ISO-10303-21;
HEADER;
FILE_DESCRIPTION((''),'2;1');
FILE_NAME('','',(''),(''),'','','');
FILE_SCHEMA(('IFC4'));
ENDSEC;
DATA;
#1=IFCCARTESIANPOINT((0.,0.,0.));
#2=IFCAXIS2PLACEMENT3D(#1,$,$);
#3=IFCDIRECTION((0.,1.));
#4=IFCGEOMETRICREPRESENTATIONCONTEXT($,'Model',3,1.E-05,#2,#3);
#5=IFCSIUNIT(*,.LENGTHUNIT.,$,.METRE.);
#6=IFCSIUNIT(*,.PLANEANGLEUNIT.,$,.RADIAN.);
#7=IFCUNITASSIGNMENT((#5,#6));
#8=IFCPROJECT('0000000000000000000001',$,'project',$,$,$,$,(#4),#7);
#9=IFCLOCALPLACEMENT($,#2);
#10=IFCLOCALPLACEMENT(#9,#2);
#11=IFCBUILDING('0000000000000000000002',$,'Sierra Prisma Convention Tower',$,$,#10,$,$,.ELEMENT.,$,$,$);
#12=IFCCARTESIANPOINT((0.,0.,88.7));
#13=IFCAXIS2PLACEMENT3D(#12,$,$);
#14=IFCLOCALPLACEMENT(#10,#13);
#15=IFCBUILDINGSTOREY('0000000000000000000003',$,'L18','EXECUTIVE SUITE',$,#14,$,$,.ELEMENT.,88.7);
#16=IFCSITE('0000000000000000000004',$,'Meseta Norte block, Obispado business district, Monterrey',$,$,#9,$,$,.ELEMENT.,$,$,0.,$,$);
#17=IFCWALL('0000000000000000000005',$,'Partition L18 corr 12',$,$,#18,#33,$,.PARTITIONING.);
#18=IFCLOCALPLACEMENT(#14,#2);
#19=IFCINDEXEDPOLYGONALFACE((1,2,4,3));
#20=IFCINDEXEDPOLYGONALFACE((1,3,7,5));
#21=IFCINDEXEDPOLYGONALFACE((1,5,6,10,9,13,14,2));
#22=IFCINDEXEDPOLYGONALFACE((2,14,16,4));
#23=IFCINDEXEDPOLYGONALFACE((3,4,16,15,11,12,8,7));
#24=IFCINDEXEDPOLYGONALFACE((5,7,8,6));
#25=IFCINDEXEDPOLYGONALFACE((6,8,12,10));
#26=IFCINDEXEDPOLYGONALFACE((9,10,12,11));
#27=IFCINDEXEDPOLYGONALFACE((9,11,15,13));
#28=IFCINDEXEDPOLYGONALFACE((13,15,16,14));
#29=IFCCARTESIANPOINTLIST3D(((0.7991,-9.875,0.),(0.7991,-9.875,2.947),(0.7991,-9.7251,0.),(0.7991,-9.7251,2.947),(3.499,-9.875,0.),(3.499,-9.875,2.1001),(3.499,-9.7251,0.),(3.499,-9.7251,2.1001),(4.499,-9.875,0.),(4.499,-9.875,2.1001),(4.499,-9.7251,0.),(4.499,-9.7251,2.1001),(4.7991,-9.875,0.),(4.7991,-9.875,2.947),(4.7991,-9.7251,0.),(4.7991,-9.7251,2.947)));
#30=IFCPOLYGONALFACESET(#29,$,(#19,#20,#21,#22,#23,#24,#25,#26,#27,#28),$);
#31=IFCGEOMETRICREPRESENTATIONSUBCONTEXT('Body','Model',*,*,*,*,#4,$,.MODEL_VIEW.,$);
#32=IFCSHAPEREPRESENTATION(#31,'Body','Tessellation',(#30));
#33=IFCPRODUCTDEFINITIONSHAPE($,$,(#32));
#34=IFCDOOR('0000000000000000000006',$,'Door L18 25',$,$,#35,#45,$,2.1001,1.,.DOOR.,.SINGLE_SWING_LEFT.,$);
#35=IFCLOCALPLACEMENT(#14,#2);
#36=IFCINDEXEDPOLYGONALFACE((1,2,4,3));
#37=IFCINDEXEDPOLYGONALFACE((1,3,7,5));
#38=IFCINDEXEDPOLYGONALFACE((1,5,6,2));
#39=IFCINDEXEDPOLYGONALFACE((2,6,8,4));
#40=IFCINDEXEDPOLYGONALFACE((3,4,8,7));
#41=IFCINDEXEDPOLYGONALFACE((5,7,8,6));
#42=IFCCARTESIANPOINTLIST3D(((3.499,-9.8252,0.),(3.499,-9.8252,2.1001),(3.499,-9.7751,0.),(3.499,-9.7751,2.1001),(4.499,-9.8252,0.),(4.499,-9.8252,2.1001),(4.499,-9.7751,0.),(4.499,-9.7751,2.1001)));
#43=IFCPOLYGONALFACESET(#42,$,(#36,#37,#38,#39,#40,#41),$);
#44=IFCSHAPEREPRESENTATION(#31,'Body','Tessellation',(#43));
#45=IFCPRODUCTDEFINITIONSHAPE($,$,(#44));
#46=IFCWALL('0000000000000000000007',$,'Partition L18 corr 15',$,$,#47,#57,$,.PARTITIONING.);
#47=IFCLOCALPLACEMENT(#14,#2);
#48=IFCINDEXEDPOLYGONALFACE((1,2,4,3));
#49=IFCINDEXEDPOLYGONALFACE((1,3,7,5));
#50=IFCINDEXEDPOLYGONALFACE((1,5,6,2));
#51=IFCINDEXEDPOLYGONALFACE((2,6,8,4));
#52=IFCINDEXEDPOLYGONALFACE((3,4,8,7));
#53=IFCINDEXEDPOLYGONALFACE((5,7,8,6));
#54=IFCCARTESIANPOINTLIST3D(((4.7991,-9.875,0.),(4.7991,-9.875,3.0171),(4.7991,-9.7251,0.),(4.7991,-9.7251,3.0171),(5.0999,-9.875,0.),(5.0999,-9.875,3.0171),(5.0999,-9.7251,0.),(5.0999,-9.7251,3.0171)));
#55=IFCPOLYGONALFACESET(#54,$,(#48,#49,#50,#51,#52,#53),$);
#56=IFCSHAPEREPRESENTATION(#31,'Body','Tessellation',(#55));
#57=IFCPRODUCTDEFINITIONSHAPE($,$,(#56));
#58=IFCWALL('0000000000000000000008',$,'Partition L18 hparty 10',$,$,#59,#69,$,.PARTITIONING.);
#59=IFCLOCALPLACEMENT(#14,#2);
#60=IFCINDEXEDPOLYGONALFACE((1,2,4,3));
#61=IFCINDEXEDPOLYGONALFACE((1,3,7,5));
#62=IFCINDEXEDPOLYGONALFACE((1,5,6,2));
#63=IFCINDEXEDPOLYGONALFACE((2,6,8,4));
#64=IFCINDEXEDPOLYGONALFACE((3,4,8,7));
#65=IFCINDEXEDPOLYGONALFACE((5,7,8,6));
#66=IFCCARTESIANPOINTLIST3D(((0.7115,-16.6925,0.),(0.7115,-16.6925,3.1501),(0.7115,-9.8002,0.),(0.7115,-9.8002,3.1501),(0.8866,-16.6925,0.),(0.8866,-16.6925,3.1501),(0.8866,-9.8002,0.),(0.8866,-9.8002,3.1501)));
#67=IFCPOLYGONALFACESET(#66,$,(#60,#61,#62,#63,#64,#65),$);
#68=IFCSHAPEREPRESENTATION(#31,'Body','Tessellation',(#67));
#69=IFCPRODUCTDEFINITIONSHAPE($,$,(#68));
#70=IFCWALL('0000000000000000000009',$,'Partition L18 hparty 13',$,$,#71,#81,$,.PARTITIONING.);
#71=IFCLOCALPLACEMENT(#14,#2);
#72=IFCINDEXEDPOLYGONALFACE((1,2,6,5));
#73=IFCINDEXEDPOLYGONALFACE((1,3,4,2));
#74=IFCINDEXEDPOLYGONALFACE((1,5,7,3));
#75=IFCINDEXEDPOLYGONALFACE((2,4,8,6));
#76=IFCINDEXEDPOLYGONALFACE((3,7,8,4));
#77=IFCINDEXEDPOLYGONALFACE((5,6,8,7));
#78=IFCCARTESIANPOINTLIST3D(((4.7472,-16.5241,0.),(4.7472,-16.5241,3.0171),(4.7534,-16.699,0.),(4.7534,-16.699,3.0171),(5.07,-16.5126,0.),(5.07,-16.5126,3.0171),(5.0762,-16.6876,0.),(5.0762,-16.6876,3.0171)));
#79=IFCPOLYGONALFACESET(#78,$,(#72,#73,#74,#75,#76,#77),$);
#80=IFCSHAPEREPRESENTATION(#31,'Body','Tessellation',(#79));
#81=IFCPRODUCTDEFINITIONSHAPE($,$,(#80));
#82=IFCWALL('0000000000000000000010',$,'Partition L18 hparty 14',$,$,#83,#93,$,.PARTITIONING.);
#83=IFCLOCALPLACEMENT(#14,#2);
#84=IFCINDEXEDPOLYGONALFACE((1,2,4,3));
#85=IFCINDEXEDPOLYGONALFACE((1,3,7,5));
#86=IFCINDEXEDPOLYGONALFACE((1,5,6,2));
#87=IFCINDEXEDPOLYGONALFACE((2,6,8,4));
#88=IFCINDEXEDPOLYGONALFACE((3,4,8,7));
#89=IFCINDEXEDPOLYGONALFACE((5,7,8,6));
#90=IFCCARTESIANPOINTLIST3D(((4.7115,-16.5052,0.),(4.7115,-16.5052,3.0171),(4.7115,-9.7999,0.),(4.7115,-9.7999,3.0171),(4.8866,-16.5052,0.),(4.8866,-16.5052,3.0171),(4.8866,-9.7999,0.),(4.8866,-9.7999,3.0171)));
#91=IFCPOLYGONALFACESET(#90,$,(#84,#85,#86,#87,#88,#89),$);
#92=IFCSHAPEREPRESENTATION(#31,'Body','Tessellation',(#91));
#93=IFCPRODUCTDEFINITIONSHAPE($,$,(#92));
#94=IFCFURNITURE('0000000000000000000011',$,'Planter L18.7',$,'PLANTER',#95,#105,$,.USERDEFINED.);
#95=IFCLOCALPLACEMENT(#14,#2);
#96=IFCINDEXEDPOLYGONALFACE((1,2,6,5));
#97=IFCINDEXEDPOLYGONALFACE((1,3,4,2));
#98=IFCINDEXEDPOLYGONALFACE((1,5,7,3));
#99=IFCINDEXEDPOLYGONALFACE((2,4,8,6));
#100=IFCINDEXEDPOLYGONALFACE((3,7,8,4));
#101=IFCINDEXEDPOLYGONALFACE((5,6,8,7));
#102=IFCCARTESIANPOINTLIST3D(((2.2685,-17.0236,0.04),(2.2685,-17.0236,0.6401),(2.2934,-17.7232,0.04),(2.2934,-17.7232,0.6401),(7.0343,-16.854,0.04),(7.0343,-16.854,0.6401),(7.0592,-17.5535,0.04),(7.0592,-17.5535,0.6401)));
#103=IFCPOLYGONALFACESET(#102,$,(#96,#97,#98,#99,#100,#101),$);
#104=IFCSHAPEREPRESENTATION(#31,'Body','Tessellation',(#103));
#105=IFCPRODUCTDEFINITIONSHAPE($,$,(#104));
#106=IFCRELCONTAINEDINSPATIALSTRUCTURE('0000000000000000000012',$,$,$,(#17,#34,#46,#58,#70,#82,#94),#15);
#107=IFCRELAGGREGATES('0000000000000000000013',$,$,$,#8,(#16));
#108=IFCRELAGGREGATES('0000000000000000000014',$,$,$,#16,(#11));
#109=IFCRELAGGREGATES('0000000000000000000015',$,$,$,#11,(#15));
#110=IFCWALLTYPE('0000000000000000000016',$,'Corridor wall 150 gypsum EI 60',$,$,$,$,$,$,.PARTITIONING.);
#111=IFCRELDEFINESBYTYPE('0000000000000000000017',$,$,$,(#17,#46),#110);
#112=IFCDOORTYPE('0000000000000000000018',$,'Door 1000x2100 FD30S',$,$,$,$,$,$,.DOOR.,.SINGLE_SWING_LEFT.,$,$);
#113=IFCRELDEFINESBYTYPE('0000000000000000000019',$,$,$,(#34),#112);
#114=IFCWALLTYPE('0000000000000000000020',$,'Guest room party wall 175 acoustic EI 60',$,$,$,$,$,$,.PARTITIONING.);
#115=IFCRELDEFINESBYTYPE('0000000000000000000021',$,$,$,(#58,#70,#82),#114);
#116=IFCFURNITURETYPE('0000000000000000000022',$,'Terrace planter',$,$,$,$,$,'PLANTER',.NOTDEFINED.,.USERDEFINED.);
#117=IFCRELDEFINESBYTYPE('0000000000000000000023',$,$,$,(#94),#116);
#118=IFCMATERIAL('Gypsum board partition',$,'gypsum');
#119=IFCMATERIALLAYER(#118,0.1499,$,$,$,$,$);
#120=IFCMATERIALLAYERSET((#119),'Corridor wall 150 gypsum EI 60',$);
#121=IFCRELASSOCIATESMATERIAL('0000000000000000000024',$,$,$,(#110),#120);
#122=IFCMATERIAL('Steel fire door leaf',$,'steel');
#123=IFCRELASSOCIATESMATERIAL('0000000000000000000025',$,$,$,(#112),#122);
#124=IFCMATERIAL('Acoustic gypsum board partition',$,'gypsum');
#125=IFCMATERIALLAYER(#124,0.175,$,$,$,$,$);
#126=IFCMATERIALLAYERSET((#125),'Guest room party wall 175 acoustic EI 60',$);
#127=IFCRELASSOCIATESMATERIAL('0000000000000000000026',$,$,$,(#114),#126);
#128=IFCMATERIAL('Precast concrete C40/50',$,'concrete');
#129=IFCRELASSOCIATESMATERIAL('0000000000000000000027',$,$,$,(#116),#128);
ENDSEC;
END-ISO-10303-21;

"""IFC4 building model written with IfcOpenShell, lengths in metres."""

from ifc_helpers import new_model, si_unit, direction, frame, frame_2d, origin, origin_2d, place, context, subcontext, project, spatial, rectangle, extrude, material, layer, layer_set, type_object, element, fill, save


model = new_model("IFC4")

# Units and contexts
model_context = context("Model", 3, precision=1e-05, world=origin(), true_north=direction((0.0, 1.0)))
body_context = subcontext(model_context, "Body", "Model", "MODEL_VIEW")
ifc_project = project(units=[si_unit("LENGTHUNIT", "METRE"), si_unit("PLANEANGLEUNIT", "RADIAN")], contexts=[model_context])

# Site, building, storey
site_placement = place(None, origin())
site = spatial("IfcSite", under=ifc_project, at=site_placement, Name="Meseta Norte block, Obispado business district, Monterrey", CompositionType="ELEMENT", RefElevation=0.0)
building_placement = place(site_placement, origin())
building = spatial("IfcBuilding", under=site, at=building_placement, Name="Sierra Prisma Convention Tower", CompositionType="ELEMENT")
storey_placement = place(building_placement, frame((0.0, 0.0, 88.7)))
storey = spatial("IfcBuildingStorey", under=building, at=storey_placement, Name="L18", Description="EXECUTIVE SUITE", CompositionType="ELEMENT", Elevation=88.7)

# Wall, opening, door
ifc_material_1 = material(Name="Gypsum board partition", Category="gypsum")
ifc_layer_1 = layer(ifc_material_1, 0.1499)
ifc_layer_set_1 = layer_set([ifc_layer_1], Name="Corridor wall 150 gypsum EI 60")
wall_type_1 = type_object("IfcWallType", Name="Corridor wall 150 gypsum EI 60", PredefinedType="PARTITIONING", material=ifc_layer_set_1)
wall_1_placement = place(storey_placement, frame((0.7991, -9.8, 0.0), z_axis=(0.0, 0.0, 1.0), x_axis=(1.0, 0.0, 0.0)))
wall_1 = element("IfcWall", 1, at=wall_1_placement, inside=storey, type_object=wall_type_1, Name="Partition L18 corr 12", PredefinedType="PARTITIONING", context=body_context, shape_type="SweptSolid", body=[
    extrude(rectangle(XDim=4.0, YDim=0.1499, at=frame_2d((2.0, 0.0))), origin(), (0.0, 0.0, 1.0), 2.947),
])
opening_1_placement = place(wall_1_placement, frame((2.7, 0.0, 0.0)))
opening_1 = element("IfcOpeningElement", 2, at=opening_1_placement, cuts=wall_1, PredefinedType="OPENING", context=body_context, shape_type="SweptSolid", body=[
    extrude(rectangle(XDim=1.0, YDim=2.1001, at=frame_2d((0.5, 1.05))), frame((0.0, 0.075, 0.0), z_axis=(0.0, -1.0, 0.0), x_axis=(1.0, 0.0, 0.0)), (0.0, 0.0, 1.0), 0.1499),
])
ifc_material_2 = material(Name="Steel fire door leaf", Category="steel")
door_type_1 = type_object("IfcDoorType", Name="Door 1000x2100 FD30S", OperationType="SINGLE_SWING_LEFT", PredefinedType="DOOR", material=ifc_material_2)
door_1_placement = place(opening_1_placement, origin())
door_1 = element("IfcDoor", 3, at=door_1_placement, inside=storey, type_object=door_type_1, Name="Door L18 25", OperationType="SINGLE_SWING_LEFT", OverallHeight=2.1001, OverallWidth=1.0, PredefinedType="DOOR", context=body_context, shape_type="SweptSolid", body=[
    extrude(rectangle(XDim=1.0, YDim=2.1001, at=frame_2d((0.5, 1.05))), frame((0.0, 0.0249, 0.0), z_axis=(0.0, -1.0, 0.0), x_axis=(1.0, 0.0, 0.0)), (0.0, 0.0, 1.0), 0.05),
])
fill(opening_1, door_1)

# Walls
wall_2_placement = place(storey_placement, frame((4.7991, -9.8, 0.0), z_axis=(0.0, 0.0, 1.0), x_axis=(1.0, 0.0, 0.0)))
element("IfcWall", 4, at=wall_2_placement, inside=storey, type_object=wall_type_1, Name="Partition L18 corr 15", PredefinedType="PARTITIONING", context=body_context, shape_type="SweptSolid", body=[
    extrude(rectangle(XDim=0.3008, YDim=0.1499, at=frame_2d((0.1504, 0.0))), origin(), (0.0, 0.0, 1.0), 3.0171),
])
ifc_material_3 = material(Name="Acoustic gypsum board partition", Category="gypsum")
ifc_layer_2 = layer(ifc_material_3, 0.175)
ifc_layer_set_2 = layer_set([ifc_layer_2], Name="Guest room party wall 175 acoustic EI 60")
wall_type_2 = type_object("IfcWallType", Name="Guest room party wall 175 acoustic EI 60", PredefinedType="PARTITIONING", material=ifc_layer_set_2)
wall_3_placement = place(storey_placement, frame((0.7991, -9.8, 0.0), z_axis=(0.0, 0.0, 1.0), x_axis=(0.0, -1.0, 0.0)))
element("IfcWall", 5, at=wall_3_placement, inside=storey, type_object=wall_type_2, Name="Partition L18 hparty 10", PredefinedType="PARTITIONING", context=body_context, shape_type="SweptSolid", body=[
    extrude(rectangle(XDim=6.8923, YDim=0.175, at=frame_2d((3.4463, 0.0))), origin(), (0.0, 0.0, 1.0), 3.1501),
])
wall_4_placement = place(storey_placement, frame((5.0732, -16.6001, 0.0), z_axis=(0.0, 0.0, 1.0), x_axis=(-0.999369, -0.03553, 0.0)))
element("IfcWall", 6, at=wall_4_placement, inside=storey, type_object=wall_type_2, Name="Partition L18 hparty 13", PredefinedType="PARTITIONING", context=body_context, shape_type="SweptSolid", body=[
    extrude(rectangle(XDim=0.323, YDim=0.175, at=frame_2d((0.1616, 0.0))), origin(), (0.0, 0.0, 1.0), 3.0171),
])
wall_5_placement = place(storey_placement, frame((4.7991, -9.8, 0.0), z_axis=(0.0, 0.0, 1.0), x_axis=(0.0, -1.0, 0.0)))
element("IfcWall", 7, at=wall_5_placement, inside=storey, type_object=wall_type_2, Name="Partition L18 hparty 14", PredefinedType="PARTITIONING", context=body_context, shape_type="SweptSolid", body=[
    extrude(rectangle(XDim=6.7053, YDim=0.175, at=frame_2d((3.3525, 0.0))), origin(), (0.0, 0.0, 1.0), 3.0171),
])

# Furniture
ifc_material_4 = material(Name="Precast concrete C40/50", Category="concrete")
furniture_type = type_object("IfcFurnitureType", Name="Terrace planter", ElementType="PLANTER", AssemblyPlace="NOTDEFINED", PredefinedType="USERDEFINED", material=ifc_material_4)
furniture_placement = place(storey_placement, frame((4.6638, -17.2886, 0.04), z_axis=(0.0, 0.0, 1.0), x_axis=(0.999367, 0.035574, 0.0)))
element("IfcFurniture", 8, at=furniture_placement, inside=storey, type_object=furniture_type, Name="Planter L18.7", ObjectType="PLANTER", PredefinedType="USERDEFINED", context=body_context, shape_type="SweptSolid", body=[
    extrude(rectangle(XDim=4.7688, YDim=0.7, at=origin_2d()), origin(), (0.0, 0.0, 1.0), 0.6001),
])

save(model, "model.ifc")
